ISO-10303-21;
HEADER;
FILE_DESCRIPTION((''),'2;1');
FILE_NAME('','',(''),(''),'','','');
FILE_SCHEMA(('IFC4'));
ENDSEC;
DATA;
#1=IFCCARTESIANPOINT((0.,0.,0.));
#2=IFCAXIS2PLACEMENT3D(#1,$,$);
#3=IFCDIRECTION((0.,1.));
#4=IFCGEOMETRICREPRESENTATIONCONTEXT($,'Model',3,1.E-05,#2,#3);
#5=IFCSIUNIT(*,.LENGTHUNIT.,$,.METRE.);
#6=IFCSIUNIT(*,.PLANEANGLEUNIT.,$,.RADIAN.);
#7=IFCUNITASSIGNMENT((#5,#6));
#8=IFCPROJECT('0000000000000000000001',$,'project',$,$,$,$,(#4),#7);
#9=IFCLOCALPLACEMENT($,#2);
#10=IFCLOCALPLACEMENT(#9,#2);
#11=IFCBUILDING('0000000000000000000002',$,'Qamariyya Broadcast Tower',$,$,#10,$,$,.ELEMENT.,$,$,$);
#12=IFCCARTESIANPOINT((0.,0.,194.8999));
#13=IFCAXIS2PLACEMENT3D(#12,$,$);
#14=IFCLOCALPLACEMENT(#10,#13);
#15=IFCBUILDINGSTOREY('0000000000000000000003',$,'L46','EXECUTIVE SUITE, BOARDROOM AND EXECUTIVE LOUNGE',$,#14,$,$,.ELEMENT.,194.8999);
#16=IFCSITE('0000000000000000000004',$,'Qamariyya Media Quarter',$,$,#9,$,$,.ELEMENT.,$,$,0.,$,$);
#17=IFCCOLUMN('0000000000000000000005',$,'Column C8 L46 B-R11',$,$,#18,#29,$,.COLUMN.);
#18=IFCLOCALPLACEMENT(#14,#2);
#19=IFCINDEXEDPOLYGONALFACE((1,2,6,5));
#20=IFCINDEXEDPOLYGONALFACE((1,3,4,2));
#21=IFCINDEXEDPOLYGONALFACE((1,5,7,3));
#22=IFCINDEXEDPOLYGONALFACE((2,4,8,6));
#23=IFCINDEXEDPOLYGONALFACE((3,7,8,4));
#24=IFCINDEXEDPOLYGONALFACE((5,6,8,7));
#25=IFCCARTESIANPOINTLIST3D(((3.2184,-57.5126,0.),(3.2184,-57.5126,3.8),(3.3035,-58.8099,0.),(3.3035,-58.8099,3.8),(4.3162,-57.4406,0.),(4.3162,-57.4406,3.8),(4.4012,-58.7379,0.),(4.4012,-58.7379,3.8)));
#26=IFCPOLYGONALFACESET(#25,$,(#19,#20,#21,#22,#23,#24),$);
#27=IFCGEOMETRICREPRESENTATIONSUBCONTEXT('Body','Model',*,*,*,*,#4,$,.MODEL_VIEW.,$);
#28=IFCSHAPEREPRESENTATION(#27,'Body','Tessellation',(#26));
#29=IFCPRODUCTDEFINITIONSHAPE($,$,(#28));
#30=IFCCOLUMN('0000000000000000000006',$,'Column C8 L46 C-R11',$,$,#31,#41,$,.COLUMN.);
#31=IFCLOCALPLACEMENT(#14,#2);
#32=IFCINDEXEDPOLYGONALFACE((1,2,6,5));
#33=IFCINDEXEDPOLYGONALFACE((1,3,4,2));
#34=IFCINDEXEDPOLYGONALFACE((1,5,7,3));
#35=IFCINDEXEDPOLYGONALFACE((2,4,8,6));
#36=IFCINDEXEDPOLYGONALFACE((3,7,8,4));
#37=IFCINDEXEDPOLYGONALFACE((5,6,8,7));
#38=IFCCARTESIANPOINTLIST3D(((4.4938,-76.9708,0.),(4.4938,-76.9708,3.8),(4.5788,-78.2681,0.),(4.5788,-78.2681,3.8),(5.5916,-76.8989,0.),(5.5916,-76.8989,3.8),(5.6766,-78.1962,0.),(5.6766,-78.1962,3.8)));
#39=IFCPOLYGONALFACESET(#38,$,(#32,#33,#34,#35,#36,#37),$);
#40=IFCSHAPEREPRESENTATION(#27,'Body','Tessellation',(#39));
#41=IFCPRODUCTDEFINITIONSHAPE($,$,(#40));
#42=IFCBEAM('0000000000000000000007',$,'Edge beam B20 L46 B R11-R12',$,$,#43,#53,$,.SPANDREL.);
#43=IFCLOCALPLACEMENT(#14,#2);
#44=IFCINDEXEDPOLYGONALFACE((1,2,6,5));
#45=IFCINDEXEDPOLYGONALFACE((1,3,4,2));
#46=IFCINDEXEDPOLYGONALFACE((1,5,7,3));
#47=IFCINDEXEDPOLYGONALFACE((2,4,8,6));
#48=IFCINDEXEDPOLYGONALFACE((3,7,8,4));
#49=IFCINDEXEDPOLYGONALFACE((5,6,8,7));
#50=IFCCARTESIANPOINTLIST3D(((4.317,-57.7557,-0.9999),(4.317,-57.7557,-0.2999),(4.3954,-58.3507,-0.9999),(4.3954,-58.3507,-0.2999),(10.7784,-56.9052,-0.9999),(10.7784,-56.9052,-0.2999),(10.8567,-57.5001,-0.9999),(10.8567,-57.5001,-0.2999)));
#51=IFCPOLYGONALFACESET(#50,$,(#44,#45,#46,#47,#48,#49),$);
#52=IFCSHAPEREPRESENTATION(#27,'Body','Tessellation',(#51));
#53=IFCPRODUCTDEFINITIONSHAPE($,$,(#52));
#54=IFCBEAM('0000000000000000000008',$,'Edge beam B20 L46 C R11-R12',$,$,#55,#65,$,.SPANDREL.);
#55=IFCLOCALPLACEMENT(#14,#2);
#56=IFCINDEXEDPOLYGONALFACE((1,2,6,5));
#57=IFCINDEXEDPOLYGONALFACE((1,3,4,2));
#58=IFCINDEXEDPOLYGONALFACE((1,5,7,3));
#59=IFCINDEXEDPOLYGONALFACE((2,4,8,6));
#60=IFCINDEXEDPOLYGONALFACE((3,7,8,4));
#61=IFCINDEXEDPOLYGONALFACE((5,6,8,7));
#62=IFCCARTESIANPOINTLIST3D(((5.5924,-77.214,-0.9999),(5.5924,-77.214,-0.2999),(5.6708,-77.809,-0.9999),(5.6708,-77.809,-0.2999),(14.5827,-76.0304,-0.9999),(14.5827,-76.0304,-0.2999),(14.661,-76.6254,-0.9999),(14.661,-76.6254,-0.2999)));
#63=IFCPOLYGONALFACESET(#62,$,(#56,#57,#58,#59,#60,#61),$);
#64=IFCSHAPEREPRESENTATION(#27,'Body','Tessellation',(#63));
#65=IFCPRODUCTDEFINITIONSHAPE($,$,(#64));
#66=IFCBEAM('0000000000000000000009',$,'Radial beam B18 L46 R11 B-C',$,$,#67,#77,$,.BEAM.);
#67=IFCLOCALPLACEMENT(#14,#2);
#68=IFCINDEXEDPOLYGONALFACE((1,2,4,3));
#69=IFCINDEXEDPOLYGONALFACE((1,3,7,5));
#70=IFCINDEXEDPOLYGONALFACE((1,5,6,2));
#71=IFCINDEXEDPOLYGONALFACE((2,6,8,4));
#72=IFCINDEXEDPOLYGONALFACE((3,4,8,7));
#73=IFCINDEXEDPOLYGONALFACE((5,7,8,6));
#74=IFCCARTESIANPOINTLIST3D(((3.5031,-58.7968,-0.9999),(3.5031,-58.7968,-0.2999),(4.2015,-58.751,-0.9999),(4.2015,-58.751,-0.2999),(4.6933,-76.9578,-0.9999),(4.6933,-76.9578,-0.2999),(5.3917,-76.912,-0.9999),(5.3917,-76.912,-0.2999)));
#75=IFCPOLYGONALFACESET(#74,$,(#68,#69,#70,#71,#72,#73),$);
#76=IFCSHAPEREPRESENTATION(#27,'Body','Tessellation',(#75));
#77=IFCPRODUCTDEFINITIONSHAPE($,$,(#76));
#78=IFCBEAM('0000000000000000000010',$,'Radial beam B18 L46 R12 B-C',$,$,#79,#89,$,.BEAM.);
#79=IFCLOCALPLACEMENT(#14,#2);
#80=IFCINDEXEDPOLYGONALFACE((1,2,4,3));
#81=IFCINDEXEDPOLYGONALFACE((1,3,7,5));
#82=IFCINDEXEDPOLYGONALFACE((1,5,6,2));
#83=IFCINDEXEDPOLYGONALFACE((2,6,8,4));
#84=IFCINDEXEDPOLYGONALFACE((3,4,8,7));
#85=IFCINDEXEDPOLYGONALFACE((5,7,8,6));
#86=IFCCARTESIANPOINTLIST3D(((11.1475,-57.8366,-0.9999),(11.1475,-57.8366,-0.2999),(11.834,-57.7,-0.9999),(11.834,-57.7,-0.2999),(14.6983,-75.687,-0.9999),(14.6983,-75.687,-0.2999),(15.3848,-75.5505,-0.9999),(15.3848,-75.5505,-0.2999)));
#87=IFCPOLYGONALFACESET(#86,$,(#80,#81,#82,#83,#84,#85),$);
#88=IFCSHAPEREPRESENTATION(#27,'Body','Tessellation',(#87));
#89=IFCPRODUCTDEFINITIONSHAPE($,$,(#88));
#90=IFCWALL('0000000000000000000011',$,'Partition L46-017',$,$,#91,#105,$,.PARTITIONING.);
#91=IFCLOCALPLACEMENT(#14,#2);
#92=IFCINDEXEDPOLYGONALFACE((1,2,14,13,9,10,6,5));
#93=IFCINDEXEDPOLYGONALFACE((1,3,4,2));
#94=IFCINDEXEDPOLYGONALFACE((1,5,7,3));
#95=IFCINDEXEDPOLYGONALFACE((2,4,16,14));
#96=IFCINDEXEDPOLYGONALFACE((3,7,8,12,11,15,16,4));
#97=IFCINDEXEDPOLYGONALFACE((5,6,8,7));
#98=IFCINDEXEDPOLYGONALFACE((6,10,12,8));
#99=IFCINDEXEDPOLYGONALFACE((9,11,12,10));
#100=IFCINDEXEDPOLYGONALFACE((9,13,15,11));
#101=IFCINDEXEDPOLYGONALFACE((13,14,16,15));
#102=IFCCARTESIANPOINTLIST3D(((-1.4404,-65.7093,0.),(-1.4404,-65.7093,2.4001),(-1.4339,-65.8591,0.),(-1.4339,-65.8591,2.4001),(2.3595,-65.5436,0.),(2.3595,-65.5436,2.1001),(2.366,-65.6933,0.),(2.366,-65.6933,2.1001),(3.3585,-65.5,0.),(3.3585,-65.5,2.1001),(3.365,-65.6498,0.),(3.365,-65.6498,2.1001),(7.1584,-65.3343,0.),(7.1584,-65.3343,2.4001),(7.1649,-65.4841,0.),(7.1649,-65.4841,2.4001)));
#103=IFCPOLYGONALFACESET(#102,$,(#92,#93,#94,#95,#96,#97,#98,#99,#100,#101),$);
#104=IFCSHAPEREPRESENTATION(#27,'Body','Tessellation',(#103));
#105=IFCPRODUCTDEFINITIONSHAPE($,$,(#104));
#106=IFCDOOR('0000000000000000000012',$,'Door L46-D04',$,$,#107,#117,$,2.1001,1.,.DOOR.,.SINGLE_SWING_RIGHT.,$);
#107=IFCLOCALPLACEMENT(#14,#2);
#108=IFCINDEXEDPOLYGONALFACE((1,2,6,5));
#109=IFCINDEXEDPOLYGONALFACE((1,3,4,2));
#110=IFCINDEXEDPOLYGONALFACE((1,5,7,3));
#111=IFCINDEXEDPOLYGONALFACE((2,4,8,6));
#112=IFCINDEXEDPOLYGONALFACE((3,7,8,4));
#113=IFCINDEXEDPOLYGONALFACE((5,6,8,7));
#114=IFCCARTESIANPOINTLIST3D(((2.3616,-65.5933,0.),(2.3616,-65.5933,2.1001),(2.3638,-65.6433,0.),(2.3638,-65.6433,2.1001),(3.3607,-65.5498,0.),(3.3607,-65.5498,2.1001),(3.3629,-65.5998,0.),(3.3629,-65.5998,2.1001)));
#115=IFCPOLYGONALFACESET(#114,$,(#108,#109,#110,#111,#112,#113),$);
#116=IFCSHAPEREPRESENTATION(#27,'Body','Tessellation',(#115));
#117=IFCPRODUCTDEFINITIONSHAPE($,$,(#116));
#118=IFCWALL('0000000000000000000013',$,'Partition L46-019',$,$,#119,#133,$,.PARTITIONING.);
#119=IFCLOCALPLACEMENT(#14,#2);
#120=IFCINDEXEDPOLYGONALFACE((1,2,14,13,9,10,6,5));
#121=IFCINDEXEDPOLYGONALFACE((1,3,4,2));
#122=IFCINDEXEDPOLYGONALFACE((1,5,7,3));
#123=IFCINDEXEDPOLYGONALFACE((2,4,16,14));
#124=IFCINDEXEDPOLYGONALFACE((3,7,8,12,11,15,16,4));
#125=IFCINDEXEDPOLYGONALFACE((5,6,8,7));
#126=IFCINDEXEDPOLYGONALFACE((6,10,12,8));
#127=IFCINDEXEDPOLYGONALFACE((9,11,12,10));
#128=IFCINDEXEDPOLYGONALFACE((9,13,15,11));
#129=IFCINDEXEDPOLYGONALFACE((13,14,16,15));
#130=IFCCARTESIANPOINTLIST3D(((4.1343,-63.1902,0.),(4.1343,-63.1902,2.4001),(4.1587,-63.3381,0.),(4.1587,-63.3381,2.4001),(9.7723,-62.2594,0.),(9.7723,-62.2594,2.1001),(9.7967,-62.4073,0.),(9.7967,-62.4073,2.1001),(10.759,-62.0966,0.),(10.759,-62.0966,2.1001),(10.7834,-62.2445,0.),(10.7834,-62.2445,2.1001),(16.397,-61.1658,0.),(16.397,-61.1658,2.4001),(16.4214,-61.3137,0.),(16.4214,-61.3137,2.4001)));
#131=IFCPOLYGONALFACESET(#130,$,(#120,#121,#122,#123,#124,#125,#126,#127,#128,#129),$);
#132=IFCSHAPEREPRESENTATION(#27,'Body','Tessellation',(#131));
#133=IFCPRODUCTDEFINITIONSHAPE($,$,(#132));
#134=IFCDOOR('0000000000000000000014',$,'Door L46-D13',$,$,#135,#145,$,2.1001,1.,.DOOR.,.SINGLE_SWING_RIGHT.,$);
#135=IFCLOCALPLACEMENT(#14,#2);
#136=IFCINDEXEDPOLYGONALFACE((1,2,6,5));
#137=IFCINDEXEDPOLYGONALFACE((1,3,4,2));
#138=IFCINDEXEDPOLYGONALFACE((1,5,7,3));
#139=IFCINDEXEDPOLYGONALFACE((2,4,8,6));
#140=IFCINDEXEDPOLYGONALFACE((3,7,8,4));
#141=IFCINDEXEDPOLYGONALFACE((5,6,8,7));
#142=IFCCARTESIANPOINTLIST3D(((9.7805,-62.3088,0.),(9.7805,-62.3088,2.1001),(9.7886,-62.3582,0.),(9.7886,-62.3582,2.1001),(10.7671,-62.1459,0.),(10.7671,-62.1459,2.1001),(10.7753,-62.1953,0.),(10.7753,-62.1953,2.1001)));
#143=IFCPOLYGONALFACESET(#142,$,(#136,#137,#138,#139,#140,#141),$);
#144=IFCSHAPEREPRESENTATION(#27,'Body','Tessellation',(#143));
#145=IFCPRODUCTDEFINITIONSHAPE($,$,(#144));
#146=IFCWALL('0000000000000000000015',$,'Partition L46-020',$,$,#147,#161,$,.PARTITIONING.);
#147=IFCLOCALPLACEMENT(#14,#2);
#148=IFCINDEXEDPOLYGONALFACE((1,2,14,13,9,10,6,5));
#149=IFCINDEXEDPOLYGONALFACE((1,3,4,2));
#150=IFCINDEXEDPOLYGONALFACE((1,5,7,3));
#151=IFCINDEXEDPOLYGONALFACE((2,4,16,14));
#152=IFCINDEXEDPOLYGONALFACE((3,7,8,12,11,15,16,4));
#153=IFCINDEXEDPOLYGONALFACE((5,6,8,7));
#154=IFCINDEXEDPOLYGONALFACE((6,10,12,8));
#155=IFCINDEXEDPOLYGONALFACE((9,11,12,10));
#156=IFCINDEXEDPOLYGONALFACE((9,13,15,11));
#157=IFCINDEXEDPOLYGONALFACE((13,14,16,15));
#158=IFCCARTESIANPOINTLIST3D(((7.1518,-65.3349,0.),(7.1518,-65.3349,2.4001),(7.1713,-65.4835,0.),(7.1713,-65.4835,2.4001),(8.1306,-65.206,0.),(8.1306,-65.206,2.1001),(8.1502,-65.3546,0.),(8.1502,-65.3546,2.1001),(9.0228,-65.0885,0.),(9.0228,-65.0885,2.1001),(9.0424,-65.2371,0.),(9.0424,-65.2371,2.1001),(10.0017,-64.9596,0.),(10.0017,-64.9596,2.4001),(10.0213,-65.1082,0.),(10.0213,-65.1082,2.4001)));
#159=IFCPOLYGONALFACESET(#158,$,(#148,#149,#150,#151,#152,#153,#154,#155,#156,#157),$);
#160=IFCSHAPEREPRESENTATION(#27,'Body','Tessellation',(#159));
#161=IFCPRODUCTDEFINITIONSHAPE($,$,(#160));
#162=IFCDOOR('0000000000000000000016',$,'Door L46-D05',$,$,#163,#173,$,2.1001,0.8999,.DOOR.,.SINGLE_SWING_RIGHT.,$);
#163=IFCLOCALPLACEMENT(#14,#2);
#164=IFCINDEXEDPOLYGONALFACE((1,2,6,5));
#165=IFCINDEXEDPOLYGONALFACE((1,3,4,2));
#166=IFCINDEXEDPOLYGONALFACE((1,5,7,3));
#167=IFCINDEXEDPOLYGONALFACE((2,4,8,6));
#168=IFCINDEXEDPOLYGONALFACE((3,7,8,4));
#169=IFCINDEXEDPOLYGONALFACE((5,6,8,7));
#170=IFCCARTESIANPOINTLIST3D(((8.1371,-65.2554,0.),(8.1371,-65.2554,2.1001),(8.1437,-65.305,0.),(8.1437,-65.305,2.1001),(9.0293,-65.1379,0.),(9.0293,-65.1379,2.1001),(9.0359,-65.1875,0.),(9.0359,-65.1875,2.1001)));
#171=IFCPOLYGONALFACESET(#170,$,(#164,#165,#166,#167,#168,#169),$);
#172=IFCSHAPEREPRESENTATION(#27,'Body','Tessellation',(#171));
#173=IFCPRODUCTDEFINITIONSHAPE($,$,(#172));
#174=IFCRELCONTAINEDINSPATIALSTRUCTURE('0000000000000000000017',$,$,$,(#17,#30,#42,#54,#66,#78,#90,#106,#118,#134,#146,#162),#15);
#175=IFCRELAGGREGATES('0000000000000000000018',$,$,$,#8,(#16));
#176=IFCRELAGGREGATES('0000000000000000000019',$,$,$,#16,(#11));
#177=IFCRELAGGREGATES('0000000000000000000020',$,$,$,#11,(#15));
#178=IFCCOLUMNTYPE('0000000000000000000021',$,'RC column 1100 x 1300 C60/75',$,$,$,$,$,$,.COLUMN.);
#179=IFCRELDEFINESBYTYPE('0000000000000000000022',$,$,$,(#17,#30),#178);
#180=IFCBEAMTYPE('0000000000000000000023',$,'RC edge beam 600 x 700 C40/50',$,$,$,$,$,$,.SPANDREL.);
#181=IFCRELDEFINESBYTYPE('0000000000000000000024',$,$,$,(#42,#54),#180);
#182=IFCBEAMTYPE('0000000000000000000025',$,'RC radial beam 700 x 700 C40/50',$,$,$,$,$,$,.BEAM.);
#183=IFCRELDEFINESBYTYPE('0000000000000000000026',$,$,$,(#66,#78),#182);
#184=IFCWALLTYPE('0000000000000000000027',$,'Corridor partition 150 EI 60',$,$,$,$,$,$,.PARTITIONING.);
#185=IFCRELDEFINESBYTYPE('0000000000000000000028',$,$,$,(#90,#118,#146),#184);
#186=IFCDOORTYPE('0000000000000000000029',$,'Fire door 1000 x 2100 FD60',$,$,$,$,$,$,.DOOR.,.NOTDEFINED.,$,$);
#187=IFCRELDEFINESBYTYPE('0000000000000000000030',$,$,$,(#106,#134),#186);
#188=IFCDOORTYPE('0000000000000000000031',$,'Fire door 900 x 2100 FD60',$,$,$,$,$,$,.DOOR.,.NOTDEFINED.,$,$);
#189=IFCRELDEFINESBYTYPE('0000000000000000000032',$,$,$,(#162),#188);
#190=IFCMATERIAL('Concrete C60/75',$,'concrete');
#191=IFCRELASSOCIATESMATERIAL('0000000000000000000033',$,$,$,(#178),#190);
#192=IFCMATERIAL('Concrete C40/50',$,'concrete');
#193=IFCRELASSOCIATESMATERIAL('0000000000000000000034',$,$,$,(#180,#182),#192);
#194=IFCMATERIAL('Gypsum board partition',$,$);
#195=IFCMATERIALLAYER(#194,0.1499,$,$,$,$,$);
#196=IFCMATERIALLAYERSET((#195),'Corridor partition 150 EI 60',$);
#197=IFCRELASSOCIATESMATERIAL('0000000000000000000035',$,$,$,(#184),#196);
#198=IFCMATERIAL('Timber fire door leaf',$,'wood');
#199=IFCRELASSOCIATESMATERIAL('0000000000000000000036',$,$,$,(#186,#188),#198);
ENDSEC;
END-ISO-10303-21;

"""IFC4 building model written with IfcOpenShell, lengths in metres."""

from ifc_helpers import new_model, si_unit, direction, frame, frame_2d, origin, origin_2d, place, context, subcontext, project, spatial, rectangle, extrude, material, layer, layer_set, material_profile, profile_set, type_object, element, fill, save


model = new_model("IFC4")

# Units and contexts
model_context = context("Model", 3, precision=1e-05, world=origin(), true_north=direction((0.0, 1.0)))
body_context = subcontext(model_context, "Body", "Model", "MODEL_VIEW")
ifc_project = project(units=[si_unit("LENGTHUNIT", "METRE"), si_unit("PLANEANGLEUNIT", "RADIAN")], contexts=[model_context])

# Site, building, storey
site_placement = place(None, origin())
site = spatial("IfcSite", under=ifc_project, at=site_placement, Name="Qamariyya Media Quarter", CompositionType="ELEMENT", RefElevation=0.0)
building_placement = place(site_placement, origin())
building = spatial("IfcBuilding", under=site, at=building_placement, Name="Qamariyya Broadcast Tower", CompositionType="ELEMENT")
storey_placement = place(building_placement, frame((0.0, 0.0, 194.8999)))
storey = spatial("IfcBuildingStorey", under=building, at=storey_placement, Name="L46", Description="EXECUTIVE SUITE, BOARDROOM AND EXECUTIVE LOUNGE", CompositionType="ELEMENT", Elevation=194.8999)

# Columns
ifc_material_1 = material(Name="Concrete C60/75", Category="concrete")
ifc_material_profile_1 = material_profile(ifc_material_1, rectangle(XDim=1.1001, YDim=1.3, at=origin_2d()))
ifc_profile_set_1 = profile_set([ifc_material_profile_1], Name="Concrete C60/75")
column_type = type_object("IfcColumnType", Name="RC column 1100 x 1300 C60/75", PredefinedType="COLUMN", material=ifc_profile_set_1)
for number, where, z_axis, x_axis, name in (
    (1, (3.8098, -58.1252, 0.0), (0.0, 0.0, 1.0), (0.997859, 0.065403, 0.0), "Column C8 L46 B-R11"),
    (2, (5.0852, -77.5835, 0.0), (0.0, 0.0, 1.0), (0.997859, 0.065403, 0.0), "Column C8 L46 C-R11"),
):
    element("IfcColumn", number, at=place(storey_placement, frame(where, z_axis=z_axis, x_axis=x_axis)), inside=storey, type_object=column_type, Name=name, PredefinedType="COLUMN", context=body_context, shape_type="SweptSolid", body=[
        extrude(rectangle(XDim=1.1001, YDim=1.3, at=origin_2d()), origin(), (0.0, 0.0, 1.0), 3.8),
    ])

# Beams
ifc_material_2 = material(Name="Concrete C40/50", Category="concrete")
ifc_material_profile_2 = material_profile(ifc_material_2, rectangle(XDim=0.6001, YDim=0.7, at=origin_2d()))
ifc_profile_set_2 = profile_set([ifc_material_profile_2], Name="Concrete C40/50")
beam_type_1 = type_object("IfcBeamType", Name="RC edge beam 600 x 700 C40/50", PredefinedType="SPANDREL", material=ifc_profile_set_2)
beam_1_placement = place(storey_placement, frame((4.3562, -58.0532, -0.6499), z_axis=(0.991446, 0.130515, 0.0), x_axis=(-0.130515, 0.991446, 0.0)))
element("IfcBeam", 3, at=beam_1_placement, inside=storey, type_object=beam_type_1, Name="Edge beam B20 L46 B R11-R12", PredefinedType="SPANDREL", context=body_context, shape_type="SweptSolid", body=[
    extrude(rectangle(XDim=0.6001, YDim=0.7, at=origin_2d()), origin(), (0.0, 0.0, 1.0), 6.5171),
])
beam_2_placement = place(storey_placement, frame((5.6316, -77.5115, -0.6499), z_axis=(0.991445, 0.130527, 0.0), x_axis=(-0.130527, 0.991445, 0.0)))
element("IfcBeam", 4, at=beam_2_placement, inside=storey, type_object=beam_type_1, Name="Edge beam B20 L46 C R11-R12", PredefinedType="SPANDREL", context=body_context, shape_type="SweptSolid", body=[
    extrude(rectangle(XDim=0.6001, YDim=0.7, at=origin_2d()), origin(), (0.0, 0.0, 1.0), 9.0679),
])
ifc_material_profile_3 = material_profile(ifc_material_2, rectangle(XDim=0.7, YDim=0.7, at=origin_2d()))
ifc_profile_set_3 = profile_set([ifc_material_profile_3], Name="Concrete C40/50")
beam_type_2 = type_object("IfcBeamType", Name="RC radial beam 700 x 700 C40/50", PredefinedType="BEAM", material=ifc_profile_set_3)
beam_3_placement = place(storey_placement, frame((3.8523, -58.7739, -0.6499), z_axis=(0.065395, -0.997859, 0.0), x_axis=(0.997859, 0.065395, 0.0)))
element("IfcBeam", 5, at=beam_3_placement, inside=storey, type_object=beam_type_2, Name="Radial beam B18 L46 R11 B-C", PredefinedType="BEAM", context=body_context, shape_type="SweptSolid", body=[
    extrude(rectangle(XDim=0.7, YDim=0.7, at=origin_2d()), origin(), (0.0, 0.0, 1.0), 18.2),
])
beam_4_placement = place(storey_placement, frame((11.4907, -57.7683, -0.6499), z_axis=(0.195097, -0.980784, 0.0), x_axis=(0.980784, 0.195097, 0.0)))
element("IfcBeam", 6, at=beam_4_placement, inside=storey, type_object=beam_type_2, Name="Radial beam B18 L46 R12 B-C", PredefinedType="BEAM", context=body_context, shape_type="SweptSolid", body=[
    extrude(rectangle(XDim=0.7, YDim=0.7, at=origin_2d()), origin(), (0.0, 0.0, 1.0), 18.2002),
])

# Walls, openings, doors
ifc_material_3 = material(Name="Gypsum board partition")
ifc_layer_1 = layer(ifc_material_3, 0.1499)
ifc_layer_set_1 = layer_set([ifc_layer_1], Name="Corridor partition 150 EI 60")
wall_type_1 = type_object("IfcWallType", Name="Corridor partition 150 EI 60", PredefinedType="PARTITIONING", material=ifc_layer_set_1)
wall_1_placement = place(storey_placement, frame((7.1616, -65.4092, 0.0), z_axis=(0.0, 0.0, 1.0), x_axis=(-0.99905, -0.043569, 0.0)))
wall_1 = element("IfcWall", 7, at=wall_1_placement, inside=storey, type_object=wall_type_1, Name="Partition L46-017", PredefinedType="PARTITIONING", context=body_context, shape_type="SweptSolid", body=[
    extrude(rectangle(XDim=8.6069, YDim=0.1499, at=frame_2d((4.3035, 0.0))), origin(), (0.0, 0.0, 1.0), 2.4001),
])
opening_1_placement = place(wall_1_placement, frame((3.8035, 0.0, 0.0)))
opening_1 = element("IfcOpeningElement", 8, at=opening_1_placement, cuts=wall_1, PredefinedType="OPENING", context=body_context, shape_type="SweptSolid", body=[
    extrude(rectangle(XDim=1.0, YDim=2.1001, at=frame_2d((0.5, 1.05))), frame((0.0, 0.085, 0.0), z_axis=(0.0, -1.0, 0.0), x_axis=(1.0, 0.0, 0.0)), (0.0, 0.0, 1.0), 0.1699),
])
ifc_material_4 = material(Name="Timber fire door leaf", Category="wood")
door_type_1 = type_object("IfcDoorType", Name="Fire door 1000 x 2100 FD60", OperationType="NOTDEFINED", PredefinedType="DOOR", material=ifc_material_4)
door_1_placement = place(opening_1_placement, origin())
door_1 = element("IfcDoor", 9, at=door_1_placement, inside=storey, type_object=door_type_1, Name="Door L46-D04", OperationType="SINGLE_SWING_RIGHT", OverallHeight=2.1001, OverallWidth=1.0, PredefinedType="DOOR", context=body_context, shape_type="SweptSolid", body=[
    extrude(rectangle(XDim=1.0, YDim=2.1001, at=frame_2d((0.5, 1.05))), frame((0.0, 0.0249, 0.0), z_axis=(0.0, -1.0, 0.0), x_axis=(1.0, 0.0, 0.0)), (0.0, 0.0, 1.0), 0.05),
])
fill(opening_1, door_1)
wall_2_placement = place(storey_placement, frame((4.1465, -63.2642, 0.0), z_axis=(0.0, 0.0, 1.0), x_axis=(0.986645, 0.162883, 0.0)))
wall_2 = element("IfcWall", 10, at=wall_2_placement, inside=storey, type_object=wall_type_1, Name="Partition L46-019", PredefinedType="PARTITIONING", context=body_context, shape_type="SweptSolid", body=[
    extrude(rectangle(XDim=12.4287, YDim=0.1499, at=frame_2d((6.2144, 0.0))), origin(), (0.0, 0.0, 1.0), 2.4001),
])
opening_2_placement = place(wall_2_placement, frame((5.7144, 0.0, 0.0)))
opening_2 = element("IfcOpeningElement", 11, at=opening_2_placement, cuts=wall_2, PredefinedType="OPENING", context=body_context, shape_type="SweptSolid", body=[
    extrude(rectangle(XDim=1.0, YDim=2.1001, at=frame_2d((0.5, 1.05))), frame((0.0, 0.085, 0.0), z_axis=(0.0, -1.0, 0.0), x_axis=(1.0, 0.0, 0.0)), (0.0, 0.0, 1.0), 0.1699),
])
door_2_placement = place(opening_2_placement, origin())
door_2 = element("IfcDoor", 12, at=door_2_placement, inside=storey, type_object=door_type_1, Name="Door L46-D13", OperationType="SINGLE_SWING_RIGHT", OverallHeight=2.1001, OverallWidth=1.0, PredefinedType="DOOR", context=body_context, shape_type="SweptSolid", body=[
    extrude(rectangle(XDim=1.0, YDim=2.1001, at=frame_2d((0.5, 1.05))), frame((0.0, 0.0249, 0.0), z_axis=(0.0, -1.0, 0.0), x_axis=(1.0, 0.0, 0.0)), (0.0, 0.0, 1.0), 0.05),
])
fill(opening_2, door_2)
wall_3_placement = place(storey_placement, frame((10.0115, -65.0339, 0.0), z_axis=(0.0, 0.0, 1.0), x_axis=(-0.991442, -0.130545, 0.0)))
wall_3 = element("IfcWall", 13, at=wall_3_placement, inside=storey, type_object=wall_type_1, Name="Partition L46-020", PredefinedType="PARTITIONING", context=body_context, shape_type="SweptSolid", body=[
    extrude(rectangle(XDim=2.8745, YDim=0.1499, at=frame_2d((1.4373, 0.0))), origin(), (0.0, 0.0, 1.0), 2.4001),
])
opening_3_placement = place(wall_3_placement, frame((0.9873, 0.0, 0.0)))
opening_3 = element("IfcOpeningElement", 14, at=opening_3_placement, cuts=wall_3, PredefinedType="OPENING", context=body_context, shape_type="SweptSolid", body=[
    extrude(rectangle(XDim=0.8999, YDim=2.1001, at=frame_2d((0.45, 1.05))), frame((0.0, 0.085, 0.0), z_axis=(0.0, -1.0, 0.0), x_axis=(1.0, 0.0, 0.0)), (0.0, 0.0, 1.0), 0.1699),
])
door_type_2 = type_object("IfcDoorType", Name="Fire door 900 x 2100 FD60", OperationType="NOTDEFINED", PredefinedType="DOOR", material=ifc_material_4)
door_3_placement = place(opening_3_placement, origin())
door_3 = element("IfcDoor", 15, at=door_3_placement, inside=storey, type_object=door_type_2, Name="Door L46-D05", OperationType="SINGLE_SWING_RIGHT", OverallHeight=2.1001, OverallWidth=0.8999, PredefinedType="DOOR", context=body_context, shape_type="SweptSolid", body=[
    extrude(rectangle(XDim=0.8999, YDim=2.1001, at=frame_2d((0.45, 1.05))), frame((0.0, 0.0249, 0.0), z_axis=(0.0, -1.0, 0.0), x_axis=(1.0, 0.0, 0.0)), (0.0, 0.0, 1.0), 0.05),
])
fill(opening_3, door_3)

save(model, "model.ifc")
